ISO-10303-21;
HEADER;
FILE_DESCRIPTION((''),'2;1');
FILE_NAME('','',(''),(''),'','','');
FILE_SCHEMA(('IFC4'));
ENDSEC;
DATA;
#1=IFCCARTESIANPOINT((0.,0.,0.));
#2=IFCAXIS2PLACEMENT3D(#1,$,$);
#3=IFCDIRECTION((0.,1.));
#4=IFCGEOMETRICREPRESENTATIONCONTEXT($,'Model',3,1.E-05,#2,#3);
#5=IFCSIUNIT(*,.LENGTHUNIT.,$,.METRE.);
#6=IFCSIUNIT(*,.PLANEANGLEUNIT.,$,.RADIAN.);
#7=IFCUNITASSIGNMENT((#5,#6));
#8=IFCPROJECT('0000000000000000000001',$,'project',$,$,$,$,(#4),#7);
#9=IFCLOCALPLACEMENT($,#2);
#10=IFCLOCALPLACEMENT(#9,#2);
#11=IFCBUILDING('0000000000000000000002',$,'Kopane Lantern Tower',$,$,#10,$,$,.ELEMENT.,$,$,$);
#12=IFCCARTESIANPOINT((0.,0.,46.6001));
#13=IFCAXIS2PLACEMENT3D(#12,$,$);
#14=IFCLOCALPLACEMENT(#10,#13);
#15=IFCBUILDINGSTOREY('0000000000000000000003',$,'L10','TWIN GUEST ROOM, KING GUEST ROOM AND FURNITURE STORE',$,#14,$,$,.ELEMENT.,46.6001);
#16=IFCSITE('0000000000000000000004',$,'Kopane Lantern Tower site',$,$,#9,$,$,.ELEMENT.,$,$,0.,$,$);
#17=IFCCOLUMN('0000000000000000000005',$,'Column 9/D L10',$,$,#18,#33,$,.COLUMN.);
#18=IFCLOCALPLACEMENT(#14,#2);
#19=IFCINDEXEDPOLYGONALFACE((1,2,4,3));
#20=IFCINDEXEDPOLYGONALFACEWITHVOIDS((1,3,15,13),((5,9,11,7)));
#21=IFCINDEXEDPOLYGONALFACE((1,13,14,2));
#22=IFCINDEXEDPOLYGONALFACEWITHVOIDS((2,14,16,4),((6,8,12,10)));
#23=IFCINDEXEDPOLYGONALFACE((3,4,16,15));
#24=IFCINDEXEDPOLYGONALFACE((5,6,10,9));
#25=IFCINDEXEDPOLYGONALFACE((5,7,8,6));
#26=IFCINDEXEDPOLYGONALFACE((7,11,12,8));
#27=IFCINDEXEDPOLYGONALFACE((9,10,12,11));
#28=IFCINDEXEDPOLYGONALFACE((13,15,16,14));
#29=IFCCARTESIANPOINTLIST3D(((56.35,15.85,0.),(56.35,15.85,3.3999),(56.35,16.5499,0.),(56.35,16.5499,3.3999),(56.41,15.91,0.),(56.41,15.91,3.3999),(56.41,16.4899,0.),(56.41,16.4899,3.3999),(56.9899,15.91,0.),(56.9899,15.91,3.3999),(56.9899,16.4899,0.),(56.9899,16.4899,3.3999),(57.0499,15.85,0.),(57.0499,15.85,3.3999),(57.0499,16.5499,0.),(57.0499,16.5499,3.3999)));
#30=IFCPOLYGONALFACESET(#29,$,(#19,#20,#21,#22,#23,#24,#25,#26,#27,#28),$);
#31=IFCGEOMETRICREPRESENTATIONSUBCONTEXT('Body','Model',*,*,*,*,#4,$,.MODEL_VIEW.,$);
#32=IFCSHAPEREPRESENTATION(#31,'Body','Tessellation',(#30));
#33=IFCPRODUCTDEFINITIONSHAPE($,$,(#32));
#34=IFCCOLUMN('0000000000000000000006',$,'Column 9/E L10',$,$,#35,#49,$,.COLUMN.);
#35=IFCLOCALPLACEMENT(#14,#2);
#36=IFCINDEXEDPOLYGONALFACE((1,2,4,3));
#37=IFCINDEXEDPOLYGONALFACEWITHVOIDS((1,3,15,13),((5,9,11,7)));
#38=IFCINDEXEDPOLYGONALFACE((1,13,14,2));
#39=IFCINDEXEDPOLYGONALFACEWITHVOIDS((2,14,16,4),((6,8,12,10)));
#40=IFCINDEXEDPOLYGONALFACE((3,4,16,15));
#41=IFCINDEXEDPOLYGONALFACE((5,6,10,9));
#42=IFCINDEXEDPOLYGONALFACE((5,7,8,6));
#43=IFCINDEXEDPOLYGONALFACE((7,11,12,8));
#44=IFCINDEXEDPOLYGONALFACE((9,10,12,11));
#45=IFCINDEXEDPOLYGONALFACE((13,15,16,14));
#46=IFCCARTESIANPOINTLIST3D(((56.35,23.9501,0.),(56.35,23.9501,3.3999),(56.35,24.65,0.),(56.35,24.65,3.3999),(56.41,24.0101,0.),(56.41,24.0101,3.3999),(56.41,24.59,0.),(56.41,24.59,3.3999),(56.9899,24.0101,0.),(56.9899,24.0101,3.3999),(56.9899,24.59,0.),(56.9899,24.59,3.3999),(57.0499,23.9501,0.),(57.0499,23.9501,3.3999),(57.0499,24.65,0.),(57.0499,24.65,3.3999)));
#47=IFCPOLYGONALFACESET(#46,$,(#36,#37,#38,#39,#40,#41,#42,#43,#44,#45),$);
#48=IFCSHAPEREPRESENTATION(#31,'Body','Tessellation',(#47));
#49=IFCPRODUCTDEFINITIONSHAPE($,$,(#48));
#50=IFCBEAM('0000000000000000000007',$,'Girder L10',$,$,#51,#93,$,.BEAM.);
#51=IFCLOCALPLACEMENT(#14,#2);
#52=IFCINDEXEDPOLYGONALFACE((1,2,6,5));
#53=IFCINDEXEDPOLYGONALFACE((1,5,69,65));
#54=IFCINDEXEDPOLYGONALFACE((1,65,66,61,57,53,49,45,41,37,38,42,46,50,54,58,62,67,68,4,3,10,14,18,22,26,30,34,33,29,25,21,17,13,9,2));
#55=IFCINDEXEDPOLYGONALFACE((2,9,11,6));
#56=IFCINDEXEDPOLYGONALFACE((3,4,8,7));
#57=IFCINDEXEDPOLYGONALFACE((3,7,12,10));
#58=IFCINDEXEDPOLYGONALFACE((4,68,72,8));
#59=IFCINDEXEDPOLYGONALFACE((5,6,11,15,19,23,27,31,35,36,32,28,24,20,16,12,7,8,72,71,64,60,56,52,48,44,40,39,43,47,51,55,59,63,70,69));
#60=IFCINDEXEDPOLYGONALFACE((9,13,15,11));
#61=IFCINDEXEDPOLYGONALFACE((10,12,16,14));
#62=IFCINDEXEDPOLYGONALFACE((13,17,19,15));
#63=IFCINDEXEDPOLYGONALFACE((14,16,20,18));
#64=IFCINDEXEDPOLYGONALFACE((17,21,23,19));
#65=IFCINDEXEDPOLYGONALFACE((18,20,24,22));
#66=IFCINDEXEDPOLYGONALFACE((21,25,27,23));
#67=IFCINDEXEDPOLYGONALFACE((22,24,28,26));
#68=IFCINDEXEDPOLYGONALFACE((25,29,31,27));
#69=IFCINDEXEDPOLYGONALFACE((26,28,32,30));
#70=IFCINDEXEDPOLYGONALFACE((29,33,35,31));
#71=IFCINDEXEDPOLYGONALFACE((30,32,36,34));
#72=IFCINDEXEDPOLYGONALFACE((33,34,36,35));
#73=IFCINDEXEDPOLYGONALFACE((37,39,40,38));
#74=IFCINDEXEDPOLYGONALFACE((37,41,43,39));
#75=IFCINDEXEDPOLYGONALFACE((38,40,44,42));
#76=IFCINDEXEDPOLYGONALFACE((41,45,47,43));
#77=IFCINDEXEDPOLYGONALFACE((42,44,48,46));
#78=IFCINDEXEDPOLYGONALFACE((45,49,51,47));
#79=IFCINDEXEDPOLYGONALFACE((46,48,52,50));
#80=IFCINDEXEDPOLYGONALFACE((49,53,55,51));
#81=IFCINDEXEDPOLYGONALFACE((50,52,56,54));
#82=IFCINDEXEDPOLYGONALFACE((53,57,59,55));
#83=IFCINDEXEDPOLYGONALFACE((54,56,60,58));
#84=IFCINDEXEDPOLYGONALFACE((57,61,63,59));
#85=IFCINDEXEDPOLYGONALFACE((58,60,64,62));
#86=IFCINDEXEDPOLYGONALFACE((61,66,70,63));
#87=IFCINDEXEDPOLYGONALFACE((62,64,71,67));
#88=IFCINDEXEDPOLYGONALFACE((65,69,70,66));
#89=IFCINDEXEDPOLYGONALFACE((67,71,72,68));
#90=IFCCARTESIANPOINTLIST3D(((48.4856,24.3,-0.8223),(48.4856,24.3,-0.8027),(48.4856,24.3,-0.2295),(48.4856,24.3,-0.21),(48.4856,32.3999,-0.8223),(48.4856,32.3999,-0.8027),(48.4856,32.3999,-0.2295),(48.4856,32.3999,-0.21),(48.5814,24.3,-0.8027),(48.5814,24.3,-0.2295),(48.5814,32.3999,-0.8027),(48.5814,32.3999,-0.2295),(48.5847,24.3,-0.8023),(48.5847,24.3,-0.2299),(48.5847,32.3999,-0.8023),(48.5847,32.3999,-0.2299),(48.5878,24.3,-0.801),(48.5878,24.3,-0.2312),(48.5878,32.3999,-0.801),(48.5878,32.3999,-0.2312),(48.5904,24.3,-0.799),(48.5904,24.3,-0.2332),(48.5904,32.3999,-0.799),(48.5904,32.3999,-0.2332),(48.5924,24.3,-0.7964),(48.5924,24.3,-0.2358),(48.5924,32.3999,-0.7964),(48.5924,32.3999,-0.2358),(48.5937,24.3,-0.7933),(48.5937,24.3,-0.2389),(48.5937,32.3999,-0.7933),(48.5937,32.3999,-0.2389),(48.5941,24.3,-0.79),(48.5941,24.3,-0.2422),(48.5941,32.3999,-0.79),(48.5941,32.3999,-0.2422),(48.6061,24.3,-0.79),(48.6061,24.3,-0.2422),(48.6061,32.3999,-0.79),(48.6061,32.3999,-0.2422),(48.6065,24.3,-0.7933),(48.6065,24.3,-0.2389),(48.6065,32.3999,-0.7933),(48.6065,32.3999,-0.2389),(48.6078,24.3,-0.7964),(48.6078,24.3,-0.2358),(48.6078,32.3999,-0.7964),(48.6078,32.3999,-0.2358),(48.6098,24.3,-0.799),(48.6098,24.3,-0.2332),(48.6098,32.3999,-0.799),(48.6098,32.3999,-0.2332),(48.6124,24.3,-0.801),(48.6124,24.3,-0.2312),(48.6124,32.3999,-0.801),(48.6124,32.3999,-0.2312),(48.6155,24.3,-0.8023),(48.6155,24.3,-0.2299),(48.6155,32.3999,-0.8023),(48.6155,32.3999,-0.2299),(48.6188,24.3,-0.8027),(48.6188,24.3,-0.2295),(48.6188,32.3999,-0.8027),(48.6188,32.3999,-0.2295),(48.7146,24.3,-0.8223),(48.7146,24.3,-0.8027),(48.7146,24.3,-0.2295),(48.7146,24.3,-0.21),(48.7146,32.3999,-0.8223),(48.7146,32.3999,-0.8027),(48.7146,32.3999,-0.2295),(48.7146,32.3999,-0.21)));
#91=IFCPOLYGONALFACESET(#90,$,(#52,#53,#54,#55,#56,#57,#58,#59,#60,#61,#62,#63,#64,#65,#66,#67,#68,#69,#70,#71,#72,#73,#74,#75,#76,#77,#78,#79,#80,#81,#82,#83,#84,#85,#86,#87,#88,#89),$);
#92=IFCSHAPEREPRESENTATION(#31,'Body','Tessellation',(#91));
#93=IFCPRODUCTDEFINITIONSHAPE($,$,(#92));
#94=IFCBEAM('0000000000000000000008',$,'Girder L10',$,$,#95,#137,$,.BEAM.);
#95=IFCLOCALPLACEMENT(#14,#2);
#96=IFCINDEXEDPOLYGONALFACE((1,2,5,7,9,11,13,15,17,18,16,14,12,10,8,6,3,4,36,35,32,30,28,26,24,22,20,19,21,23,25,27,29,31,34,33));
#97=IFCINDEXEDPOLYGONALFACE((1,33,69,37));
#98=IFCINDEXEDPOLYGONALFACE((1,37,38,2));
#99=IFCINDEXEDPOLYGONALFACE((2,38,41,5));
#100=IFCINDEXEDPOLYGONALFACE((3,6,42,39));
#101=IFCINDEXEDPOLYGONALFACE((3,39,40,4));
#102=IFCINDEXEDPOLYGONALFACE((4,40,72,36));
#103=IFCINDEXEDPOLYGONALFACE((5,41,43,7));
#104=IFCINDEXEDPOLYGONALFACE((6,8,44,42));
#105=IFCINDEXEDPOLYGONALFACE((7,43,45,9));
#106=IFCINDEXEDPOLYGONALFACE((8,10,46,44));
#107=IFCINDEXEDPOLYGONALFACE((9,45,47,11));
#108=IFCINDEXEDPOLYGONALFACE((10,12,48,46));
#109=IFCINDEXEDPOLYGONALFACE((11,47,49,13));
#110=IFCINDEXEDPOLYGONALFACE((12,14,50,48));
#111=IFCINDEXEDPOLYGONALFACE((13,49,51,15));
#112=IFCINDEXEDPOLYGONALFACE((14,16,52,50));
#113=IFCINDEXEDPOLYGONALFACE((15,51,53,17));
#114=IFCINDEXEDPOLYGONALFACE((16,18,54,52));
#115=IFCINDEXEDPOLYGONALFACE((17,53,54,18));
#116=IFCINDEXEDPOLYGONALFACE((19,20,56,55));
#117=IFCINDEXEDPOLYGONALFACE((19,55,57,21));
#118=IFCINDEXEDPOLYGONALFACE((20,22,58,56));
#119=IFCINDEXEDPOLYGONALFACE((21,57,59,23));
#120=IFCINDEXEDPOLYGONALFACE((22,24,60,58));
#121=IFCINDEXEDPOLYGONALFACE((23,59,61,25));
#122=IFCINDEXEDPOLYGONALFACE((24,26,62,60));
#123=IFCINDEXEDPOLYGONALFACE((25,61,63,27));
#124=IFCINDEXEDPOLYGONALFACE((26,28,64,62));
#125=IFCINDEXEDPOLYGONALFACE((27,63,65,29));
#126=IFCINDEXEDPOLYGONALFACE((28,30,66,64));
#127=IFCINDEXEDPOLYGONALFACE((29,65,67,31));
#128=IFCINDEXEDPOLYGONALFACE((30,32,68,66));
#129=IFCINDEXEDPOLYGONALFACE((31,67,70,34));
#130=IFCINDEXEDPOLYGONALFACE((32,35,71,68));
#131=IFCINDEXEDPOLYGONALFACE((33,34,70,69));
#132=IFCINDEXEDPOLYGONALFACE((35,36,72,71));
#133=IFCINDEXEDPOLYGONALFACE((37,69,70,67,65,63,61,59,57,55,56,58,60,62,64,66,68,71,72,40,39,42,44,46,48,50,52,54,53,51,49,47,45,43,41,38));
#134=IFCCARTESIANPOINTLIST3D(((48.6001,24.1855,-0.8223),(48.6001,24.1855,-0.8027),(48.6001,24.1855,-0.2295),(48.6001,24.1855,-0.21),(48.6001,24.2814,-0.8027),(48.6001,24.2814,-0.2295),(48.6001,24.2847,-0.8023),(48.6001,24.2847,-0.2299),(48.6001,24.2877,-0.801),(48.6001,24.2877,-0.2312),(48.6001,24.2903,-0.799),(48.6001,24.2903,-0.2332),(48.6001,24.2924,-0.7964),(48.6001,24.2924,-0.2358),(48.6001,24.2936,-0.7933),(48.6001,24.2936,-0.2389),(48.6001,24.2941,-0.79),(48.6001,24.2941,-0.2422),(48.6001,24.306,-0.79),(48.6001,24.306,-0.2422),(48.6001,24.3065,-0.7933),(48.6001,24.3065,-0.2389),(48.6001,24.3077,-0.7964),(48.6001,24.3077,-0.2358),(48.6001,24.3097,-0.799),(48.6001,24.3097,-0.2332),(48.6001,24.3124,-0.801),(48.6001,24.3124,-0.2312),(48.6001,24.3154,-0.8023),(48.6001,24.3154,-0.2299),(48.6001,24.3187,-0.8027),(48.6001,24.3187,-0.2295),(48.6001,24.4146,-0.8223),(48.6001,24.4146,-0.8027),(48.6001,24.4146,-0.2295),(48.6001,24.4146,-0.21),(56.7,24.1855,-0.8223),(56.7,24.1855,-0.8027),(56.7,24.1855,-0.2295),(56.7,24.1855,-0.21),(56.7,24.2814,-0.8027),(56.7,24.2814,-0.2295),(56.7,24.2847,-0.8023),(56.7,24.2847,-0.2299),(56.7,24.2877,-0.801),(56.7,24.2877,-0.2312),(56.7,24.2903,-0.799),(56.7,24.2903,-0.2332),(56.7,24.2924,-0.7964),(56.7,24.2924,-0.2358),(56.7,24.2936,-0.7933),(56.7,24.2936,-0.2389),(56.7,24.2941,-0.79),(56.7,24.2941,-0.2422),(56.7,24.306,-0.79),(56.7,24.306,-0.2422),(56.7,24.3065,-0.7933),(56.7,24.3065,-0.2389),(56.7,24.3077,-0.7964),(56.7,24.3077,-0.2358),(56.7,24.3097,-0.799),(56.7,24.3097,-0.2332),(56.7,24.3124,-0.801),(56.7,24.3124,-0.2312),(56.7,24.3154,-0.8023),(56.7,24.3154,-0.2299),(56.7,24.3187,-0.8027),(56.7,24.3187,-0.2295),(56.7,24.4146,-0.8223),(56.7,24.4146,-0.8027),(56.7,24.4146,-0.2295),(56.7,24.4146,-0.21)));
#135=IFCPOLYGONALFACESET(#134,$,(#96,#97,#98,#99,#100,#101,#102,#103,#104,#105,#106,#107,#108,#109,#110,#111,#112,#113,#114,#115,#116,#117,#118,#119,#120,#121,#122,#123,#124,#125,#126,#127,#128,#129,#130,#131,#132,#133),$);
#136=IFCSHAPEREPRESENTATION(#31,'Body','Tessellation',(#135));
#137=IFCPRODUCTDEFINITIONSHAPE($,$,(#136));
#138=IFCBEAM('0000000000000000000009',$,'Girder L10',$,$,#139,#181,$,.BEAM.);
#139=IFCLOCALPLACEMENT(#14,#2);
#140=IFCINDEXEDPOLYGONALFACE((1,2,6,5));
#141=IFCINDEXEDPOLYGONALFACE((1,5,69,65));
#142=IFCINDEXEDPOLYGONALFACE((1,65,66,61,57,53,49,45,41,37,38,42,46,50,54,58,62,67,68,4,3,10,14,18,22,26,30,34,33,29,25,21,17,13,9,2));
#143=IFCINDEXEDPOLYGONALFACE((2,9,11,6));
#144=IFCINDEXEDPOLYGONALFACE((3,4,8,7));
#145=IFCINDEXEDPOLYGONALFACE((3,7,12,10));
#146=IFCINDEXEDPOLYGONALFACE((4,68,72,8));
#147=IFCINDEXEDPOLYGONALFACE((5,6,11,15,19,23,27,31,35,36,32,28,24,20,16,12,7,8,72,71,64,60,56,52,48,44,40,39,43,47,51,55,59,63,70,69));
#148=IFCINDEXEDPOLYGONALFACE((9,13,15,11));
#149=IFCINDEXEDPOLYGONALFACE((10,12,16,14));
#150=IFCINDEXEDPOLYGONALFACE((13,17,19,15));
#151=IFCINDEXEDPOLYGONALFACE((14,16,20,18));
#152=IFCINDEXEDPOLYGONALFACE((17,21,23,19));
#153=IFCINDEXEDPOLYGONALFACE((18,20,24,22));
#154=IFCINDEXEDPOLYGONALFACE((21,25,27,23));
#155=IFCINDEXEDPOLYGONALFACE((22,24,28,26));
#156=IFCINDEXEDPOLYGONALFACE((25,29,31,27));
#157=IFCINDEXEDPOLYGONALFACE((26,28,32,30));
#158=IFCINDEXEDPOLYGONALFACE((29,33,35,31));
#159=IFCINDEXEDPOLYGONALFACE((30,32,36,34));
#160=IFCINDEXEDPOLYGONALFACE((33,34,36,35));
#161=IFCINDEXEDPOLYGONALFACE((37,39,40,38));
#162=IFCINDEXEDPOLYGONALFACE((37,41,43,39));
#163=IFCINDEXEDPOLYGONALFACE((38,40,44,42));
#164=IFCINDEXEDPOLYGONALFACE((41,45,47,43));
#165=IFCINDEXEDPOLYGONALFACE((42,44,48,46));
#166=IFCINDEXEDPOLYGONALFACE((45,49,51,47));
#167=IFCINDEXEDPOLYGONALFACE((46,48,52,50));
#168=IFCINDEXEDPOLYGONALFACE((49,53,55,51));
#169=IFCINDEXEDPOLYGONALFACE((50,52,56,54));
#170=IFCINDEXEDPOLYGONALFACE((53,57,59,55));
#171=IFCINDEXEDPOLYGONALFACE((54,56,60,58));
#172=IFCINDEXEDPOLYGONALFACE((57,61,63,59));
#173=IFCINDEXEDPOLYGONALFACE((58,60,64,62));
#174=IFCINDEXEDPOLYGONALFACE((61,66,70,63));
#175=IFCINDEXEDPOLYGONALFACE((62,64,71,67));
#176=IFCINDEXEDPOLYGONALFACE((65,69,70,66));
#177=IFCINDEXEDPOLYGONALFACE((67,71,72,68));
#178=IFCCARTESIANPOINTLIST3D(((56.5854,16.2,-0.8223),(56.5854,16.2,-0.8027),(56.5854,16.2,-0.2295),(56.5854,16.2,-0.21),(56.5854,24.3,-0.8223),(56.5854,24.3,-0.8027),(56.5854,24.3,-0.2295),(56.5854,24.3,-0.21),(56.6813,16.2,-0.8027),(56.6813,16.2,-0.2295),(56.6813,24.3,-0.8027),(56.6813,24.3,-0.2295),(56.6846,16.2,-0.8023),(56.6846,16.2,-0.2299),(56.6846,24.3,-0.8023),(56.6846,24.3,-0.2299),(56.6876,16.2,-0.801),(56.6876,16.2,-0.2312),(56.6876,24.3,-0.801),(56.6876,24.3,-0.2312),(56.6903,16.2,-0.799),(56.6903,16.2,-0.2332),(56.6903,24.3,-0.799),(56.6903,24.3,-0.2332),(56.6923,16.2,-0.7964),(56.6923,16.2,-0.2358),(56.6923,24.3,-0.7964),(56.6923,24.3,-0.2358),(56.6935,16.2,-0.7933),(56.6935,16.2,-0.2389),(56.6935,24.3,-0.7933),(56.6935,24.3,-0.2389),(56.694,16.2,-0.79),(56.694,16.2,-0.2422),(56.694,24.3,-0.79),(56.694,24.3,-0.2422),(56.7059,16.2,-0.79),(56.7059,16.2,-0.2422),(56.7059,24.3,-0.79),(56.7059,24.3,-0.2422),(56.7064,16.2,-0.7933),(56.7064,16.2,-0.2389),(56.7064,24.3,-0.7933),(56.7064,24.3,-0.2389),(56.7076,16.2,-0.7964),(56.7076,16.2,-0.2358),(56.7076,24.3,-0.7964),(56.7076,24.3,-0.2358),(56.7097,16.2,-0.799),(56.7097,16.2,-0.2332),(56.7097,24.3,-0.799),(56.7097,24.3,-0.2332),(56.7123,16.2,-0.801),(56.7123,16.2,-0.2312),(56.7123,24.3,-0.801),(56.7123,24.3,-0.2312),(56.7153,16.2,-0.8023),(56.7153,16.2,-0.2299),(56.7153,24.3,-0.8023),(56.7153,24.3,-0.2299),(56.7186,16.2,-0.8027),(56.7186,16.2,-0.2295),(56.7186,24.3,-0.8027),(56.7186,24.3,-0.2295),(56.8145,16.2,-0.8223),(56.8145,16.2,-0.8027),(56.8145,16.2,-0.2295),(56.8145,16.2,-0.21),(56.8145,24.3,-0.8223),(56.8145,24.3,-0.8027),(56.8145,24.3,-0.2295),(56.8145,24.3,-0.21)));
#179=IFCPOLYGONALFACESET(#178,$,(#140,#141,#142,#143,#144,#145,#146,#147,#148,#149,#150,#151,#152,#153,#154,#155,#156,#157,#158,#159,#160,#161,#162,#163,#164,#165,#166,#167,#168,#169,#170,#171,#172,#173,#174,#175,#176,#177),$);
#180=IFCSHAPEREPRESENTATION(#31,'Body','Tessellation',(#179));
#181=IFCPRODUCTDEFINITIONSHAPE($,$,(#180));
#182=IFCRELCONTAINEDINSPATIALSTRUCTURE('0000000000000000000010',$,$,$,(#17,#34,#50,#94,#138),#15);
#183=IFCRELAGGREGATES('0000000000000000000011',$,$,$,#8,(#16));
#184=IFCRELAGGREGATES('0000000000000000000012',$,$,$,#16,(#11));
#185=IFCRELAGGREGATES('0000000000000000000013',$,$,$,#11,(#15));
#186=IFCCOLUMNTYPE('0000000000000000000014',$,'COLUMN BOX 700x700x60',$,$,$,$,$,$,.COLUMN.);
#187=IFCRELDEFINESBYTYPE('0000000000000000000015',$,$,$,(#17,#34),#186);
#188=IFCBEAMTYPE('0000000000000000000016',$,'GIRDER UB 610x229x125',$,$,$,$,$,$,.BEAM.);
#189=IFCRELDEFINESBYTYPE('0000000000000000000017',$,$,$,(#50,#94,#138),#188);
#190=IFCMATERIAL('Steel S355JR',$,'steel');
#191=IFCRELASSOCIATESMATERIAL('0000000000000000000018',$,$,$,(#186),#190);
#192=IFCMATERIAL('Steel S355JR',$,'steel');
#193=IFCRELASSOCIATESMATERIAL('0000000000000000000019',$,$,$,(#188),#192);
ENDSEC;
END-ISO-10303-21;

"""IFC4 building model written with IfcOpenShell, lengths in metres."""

from ifc_helpers import new_model, si_unit, direction, frame, origin, origin_2d, place, context, subcontext, project, spatial, hollow_rectangle, i_section, extrude, material, material_profile, profile_set, type_object, element, save


model = new_model("IFC4")

# Units and contexts
model_context = context("Model", 3, precision=1e-05, world=origin(), true_north=direction((0.0, 1.0)))
body_context = subcontext(model_context, "Body", "Model", "MODEL_VIEW")
ifc_project = project(units=[si_unit("LENGTHUNIT", "METRE"), si_unit("PLANEANGLEUNIT", "RADIAN")], contexts=[model_context])

# Site, building, storey
site_placement = place(None, origin())
site = spatial("IfcSite", under=ifc_project, at=site_placement, Name="Kopane Lantern Tower site", CompositionType="ELEMENT", RefElevation=0.0)
building_placement = place(site_placement, origin())
building = spatial("IfcBuilding", under=site, at=building_placement, Name="Kopane Lantern Tower", CompositionType="ELEMENT")
storey_placement = place(building_placement, frame((0.0, 0.0, 46.6001)))
storey = spatial("IfcBuildingStorey", under=building, at=storey_placement, Name="L10", Description="TWIN GUEST ROOM, KING GUEST ROOM AND FURNITURE STORE", CompositionType="ELEMENT", Elevation=46.6001)

# Columns
ifc_material_1 = material(Name="Steel S355JR", Category="steel")
ifc_material_profile_1 = material_profile(ifc_material_1, hollow_rectangle(XDim=0.7, YDim=0.7, WallThickness=0.0601, at=origin_2d()), Name="BOX 700x700x60")
ifc_profile_set_1 = profile_set([ifc_material_profile_1], Name="Steel S355JR")
column_type = type_object("IfcColumnType", Name="COLUMN BOX 700x700x60", PredefinedType="COLUMN", material=ifc_profile_set_1)
for number, where, z_axis, x_axis, name in (
    (1, (56.7, 16.2, 0.0), (0.0, 0.0, 1.0), (1.0, 0.0, 0.0), "Column 9/D L10"),
    (2, (56.7, 24.3, 0.0), (0.0, 0.0, 1.0), (1.0, 0.0, 0.0), "Column 9/E L10"),
):
    element("IfcColumn", number, at=place(storey_placement, frame(where, z_axis=z_axis, x_axis=x_axis)), inside=storey, type_object=column_type, Name=name, PredefinedType="COLUMN", context=body_context, shape_type="SweptSolid", body=[
        extrude(hollow_rectangle(XDim=0.7, YDim=0.7, WallThickness=0.0601, at=origin_2d()), origin(), (0.0, 0.0, 1.0), 3.3999),
    ])

# Beams
ifc_material_2 = material(Name="Steel S355JR", Category="steel")
ifc_material_profile_2 = material_profile(ifc_material_2, i_section(OverallWidth=0.229, OverallDepth=0.6123, WebThickness=0.012, FlangeThickness=0.0195, FilletRadius=0.0127, at=origin_2d()), Name="UB 610x229x125")
ifc_profile_set_2 = profile_set([ifc_material_profile_2], Name="Steel S355JR")
beam_type = type_object("IfcBeamType", Name="GIRDER UB 610x229x125", PredefinedType="BEAM", material=ifc_profile_set_2)
for number, where, z_axis, x_axis, name in (
    (3, (48.6001, 24.3, -0.5161), (0.0, 1.0, 0.0), (-1.0, 0.0, 0.0), "Girder L10"),
    (4, (48.6001, 24.3, -0.5161), (1.0, 0.0, 0.0), (0.0, 1.0, 0.0), "Girder L10"),
):
    element("IfcBeam", number, at=place(storey_placement, frame(where, z_axis=z_axis, x_axis=x_axis)), inside=storey, type_object=beam_type, Name=name, PredefinedType="BEAM", context=body_context, shape_type="SweptSolid", body=[
        extrude(i_section(OverallWidth=0.229, OverallDepth=0.6123, WebThickness=0.012, FlangeThickness=0.0195, FilletRadius=0.0127, at=origin_2d()), origin(), (0.0, 0.0, 1.0), 8.0999),
    ])
beam_1_placement = place(storey_placement, frame((56.7, 16.2, -0.5161), z_axis=(0.0, 1.0, 0.0), x_axis=(-1.0, 0.0, 0.0)))
element("IfcBeam", 5, at=beam_1_placement, inside=storey, type_object=beam_type, Name="Girder L10", PredefinedType="BEAM", context=body_context, shape_type="SweptSolid", body=[
    extrude(i_section(OverallWidth=0.229, OverallDepth=0.6123, WebThickness=0.012, FlangeThickness=0.0195, FilletRadius=0.0127, at=origin_2d()), origin(), (0.0, 0.0, 1.0), 8.1001),
])

save(model, "model.ifc")
